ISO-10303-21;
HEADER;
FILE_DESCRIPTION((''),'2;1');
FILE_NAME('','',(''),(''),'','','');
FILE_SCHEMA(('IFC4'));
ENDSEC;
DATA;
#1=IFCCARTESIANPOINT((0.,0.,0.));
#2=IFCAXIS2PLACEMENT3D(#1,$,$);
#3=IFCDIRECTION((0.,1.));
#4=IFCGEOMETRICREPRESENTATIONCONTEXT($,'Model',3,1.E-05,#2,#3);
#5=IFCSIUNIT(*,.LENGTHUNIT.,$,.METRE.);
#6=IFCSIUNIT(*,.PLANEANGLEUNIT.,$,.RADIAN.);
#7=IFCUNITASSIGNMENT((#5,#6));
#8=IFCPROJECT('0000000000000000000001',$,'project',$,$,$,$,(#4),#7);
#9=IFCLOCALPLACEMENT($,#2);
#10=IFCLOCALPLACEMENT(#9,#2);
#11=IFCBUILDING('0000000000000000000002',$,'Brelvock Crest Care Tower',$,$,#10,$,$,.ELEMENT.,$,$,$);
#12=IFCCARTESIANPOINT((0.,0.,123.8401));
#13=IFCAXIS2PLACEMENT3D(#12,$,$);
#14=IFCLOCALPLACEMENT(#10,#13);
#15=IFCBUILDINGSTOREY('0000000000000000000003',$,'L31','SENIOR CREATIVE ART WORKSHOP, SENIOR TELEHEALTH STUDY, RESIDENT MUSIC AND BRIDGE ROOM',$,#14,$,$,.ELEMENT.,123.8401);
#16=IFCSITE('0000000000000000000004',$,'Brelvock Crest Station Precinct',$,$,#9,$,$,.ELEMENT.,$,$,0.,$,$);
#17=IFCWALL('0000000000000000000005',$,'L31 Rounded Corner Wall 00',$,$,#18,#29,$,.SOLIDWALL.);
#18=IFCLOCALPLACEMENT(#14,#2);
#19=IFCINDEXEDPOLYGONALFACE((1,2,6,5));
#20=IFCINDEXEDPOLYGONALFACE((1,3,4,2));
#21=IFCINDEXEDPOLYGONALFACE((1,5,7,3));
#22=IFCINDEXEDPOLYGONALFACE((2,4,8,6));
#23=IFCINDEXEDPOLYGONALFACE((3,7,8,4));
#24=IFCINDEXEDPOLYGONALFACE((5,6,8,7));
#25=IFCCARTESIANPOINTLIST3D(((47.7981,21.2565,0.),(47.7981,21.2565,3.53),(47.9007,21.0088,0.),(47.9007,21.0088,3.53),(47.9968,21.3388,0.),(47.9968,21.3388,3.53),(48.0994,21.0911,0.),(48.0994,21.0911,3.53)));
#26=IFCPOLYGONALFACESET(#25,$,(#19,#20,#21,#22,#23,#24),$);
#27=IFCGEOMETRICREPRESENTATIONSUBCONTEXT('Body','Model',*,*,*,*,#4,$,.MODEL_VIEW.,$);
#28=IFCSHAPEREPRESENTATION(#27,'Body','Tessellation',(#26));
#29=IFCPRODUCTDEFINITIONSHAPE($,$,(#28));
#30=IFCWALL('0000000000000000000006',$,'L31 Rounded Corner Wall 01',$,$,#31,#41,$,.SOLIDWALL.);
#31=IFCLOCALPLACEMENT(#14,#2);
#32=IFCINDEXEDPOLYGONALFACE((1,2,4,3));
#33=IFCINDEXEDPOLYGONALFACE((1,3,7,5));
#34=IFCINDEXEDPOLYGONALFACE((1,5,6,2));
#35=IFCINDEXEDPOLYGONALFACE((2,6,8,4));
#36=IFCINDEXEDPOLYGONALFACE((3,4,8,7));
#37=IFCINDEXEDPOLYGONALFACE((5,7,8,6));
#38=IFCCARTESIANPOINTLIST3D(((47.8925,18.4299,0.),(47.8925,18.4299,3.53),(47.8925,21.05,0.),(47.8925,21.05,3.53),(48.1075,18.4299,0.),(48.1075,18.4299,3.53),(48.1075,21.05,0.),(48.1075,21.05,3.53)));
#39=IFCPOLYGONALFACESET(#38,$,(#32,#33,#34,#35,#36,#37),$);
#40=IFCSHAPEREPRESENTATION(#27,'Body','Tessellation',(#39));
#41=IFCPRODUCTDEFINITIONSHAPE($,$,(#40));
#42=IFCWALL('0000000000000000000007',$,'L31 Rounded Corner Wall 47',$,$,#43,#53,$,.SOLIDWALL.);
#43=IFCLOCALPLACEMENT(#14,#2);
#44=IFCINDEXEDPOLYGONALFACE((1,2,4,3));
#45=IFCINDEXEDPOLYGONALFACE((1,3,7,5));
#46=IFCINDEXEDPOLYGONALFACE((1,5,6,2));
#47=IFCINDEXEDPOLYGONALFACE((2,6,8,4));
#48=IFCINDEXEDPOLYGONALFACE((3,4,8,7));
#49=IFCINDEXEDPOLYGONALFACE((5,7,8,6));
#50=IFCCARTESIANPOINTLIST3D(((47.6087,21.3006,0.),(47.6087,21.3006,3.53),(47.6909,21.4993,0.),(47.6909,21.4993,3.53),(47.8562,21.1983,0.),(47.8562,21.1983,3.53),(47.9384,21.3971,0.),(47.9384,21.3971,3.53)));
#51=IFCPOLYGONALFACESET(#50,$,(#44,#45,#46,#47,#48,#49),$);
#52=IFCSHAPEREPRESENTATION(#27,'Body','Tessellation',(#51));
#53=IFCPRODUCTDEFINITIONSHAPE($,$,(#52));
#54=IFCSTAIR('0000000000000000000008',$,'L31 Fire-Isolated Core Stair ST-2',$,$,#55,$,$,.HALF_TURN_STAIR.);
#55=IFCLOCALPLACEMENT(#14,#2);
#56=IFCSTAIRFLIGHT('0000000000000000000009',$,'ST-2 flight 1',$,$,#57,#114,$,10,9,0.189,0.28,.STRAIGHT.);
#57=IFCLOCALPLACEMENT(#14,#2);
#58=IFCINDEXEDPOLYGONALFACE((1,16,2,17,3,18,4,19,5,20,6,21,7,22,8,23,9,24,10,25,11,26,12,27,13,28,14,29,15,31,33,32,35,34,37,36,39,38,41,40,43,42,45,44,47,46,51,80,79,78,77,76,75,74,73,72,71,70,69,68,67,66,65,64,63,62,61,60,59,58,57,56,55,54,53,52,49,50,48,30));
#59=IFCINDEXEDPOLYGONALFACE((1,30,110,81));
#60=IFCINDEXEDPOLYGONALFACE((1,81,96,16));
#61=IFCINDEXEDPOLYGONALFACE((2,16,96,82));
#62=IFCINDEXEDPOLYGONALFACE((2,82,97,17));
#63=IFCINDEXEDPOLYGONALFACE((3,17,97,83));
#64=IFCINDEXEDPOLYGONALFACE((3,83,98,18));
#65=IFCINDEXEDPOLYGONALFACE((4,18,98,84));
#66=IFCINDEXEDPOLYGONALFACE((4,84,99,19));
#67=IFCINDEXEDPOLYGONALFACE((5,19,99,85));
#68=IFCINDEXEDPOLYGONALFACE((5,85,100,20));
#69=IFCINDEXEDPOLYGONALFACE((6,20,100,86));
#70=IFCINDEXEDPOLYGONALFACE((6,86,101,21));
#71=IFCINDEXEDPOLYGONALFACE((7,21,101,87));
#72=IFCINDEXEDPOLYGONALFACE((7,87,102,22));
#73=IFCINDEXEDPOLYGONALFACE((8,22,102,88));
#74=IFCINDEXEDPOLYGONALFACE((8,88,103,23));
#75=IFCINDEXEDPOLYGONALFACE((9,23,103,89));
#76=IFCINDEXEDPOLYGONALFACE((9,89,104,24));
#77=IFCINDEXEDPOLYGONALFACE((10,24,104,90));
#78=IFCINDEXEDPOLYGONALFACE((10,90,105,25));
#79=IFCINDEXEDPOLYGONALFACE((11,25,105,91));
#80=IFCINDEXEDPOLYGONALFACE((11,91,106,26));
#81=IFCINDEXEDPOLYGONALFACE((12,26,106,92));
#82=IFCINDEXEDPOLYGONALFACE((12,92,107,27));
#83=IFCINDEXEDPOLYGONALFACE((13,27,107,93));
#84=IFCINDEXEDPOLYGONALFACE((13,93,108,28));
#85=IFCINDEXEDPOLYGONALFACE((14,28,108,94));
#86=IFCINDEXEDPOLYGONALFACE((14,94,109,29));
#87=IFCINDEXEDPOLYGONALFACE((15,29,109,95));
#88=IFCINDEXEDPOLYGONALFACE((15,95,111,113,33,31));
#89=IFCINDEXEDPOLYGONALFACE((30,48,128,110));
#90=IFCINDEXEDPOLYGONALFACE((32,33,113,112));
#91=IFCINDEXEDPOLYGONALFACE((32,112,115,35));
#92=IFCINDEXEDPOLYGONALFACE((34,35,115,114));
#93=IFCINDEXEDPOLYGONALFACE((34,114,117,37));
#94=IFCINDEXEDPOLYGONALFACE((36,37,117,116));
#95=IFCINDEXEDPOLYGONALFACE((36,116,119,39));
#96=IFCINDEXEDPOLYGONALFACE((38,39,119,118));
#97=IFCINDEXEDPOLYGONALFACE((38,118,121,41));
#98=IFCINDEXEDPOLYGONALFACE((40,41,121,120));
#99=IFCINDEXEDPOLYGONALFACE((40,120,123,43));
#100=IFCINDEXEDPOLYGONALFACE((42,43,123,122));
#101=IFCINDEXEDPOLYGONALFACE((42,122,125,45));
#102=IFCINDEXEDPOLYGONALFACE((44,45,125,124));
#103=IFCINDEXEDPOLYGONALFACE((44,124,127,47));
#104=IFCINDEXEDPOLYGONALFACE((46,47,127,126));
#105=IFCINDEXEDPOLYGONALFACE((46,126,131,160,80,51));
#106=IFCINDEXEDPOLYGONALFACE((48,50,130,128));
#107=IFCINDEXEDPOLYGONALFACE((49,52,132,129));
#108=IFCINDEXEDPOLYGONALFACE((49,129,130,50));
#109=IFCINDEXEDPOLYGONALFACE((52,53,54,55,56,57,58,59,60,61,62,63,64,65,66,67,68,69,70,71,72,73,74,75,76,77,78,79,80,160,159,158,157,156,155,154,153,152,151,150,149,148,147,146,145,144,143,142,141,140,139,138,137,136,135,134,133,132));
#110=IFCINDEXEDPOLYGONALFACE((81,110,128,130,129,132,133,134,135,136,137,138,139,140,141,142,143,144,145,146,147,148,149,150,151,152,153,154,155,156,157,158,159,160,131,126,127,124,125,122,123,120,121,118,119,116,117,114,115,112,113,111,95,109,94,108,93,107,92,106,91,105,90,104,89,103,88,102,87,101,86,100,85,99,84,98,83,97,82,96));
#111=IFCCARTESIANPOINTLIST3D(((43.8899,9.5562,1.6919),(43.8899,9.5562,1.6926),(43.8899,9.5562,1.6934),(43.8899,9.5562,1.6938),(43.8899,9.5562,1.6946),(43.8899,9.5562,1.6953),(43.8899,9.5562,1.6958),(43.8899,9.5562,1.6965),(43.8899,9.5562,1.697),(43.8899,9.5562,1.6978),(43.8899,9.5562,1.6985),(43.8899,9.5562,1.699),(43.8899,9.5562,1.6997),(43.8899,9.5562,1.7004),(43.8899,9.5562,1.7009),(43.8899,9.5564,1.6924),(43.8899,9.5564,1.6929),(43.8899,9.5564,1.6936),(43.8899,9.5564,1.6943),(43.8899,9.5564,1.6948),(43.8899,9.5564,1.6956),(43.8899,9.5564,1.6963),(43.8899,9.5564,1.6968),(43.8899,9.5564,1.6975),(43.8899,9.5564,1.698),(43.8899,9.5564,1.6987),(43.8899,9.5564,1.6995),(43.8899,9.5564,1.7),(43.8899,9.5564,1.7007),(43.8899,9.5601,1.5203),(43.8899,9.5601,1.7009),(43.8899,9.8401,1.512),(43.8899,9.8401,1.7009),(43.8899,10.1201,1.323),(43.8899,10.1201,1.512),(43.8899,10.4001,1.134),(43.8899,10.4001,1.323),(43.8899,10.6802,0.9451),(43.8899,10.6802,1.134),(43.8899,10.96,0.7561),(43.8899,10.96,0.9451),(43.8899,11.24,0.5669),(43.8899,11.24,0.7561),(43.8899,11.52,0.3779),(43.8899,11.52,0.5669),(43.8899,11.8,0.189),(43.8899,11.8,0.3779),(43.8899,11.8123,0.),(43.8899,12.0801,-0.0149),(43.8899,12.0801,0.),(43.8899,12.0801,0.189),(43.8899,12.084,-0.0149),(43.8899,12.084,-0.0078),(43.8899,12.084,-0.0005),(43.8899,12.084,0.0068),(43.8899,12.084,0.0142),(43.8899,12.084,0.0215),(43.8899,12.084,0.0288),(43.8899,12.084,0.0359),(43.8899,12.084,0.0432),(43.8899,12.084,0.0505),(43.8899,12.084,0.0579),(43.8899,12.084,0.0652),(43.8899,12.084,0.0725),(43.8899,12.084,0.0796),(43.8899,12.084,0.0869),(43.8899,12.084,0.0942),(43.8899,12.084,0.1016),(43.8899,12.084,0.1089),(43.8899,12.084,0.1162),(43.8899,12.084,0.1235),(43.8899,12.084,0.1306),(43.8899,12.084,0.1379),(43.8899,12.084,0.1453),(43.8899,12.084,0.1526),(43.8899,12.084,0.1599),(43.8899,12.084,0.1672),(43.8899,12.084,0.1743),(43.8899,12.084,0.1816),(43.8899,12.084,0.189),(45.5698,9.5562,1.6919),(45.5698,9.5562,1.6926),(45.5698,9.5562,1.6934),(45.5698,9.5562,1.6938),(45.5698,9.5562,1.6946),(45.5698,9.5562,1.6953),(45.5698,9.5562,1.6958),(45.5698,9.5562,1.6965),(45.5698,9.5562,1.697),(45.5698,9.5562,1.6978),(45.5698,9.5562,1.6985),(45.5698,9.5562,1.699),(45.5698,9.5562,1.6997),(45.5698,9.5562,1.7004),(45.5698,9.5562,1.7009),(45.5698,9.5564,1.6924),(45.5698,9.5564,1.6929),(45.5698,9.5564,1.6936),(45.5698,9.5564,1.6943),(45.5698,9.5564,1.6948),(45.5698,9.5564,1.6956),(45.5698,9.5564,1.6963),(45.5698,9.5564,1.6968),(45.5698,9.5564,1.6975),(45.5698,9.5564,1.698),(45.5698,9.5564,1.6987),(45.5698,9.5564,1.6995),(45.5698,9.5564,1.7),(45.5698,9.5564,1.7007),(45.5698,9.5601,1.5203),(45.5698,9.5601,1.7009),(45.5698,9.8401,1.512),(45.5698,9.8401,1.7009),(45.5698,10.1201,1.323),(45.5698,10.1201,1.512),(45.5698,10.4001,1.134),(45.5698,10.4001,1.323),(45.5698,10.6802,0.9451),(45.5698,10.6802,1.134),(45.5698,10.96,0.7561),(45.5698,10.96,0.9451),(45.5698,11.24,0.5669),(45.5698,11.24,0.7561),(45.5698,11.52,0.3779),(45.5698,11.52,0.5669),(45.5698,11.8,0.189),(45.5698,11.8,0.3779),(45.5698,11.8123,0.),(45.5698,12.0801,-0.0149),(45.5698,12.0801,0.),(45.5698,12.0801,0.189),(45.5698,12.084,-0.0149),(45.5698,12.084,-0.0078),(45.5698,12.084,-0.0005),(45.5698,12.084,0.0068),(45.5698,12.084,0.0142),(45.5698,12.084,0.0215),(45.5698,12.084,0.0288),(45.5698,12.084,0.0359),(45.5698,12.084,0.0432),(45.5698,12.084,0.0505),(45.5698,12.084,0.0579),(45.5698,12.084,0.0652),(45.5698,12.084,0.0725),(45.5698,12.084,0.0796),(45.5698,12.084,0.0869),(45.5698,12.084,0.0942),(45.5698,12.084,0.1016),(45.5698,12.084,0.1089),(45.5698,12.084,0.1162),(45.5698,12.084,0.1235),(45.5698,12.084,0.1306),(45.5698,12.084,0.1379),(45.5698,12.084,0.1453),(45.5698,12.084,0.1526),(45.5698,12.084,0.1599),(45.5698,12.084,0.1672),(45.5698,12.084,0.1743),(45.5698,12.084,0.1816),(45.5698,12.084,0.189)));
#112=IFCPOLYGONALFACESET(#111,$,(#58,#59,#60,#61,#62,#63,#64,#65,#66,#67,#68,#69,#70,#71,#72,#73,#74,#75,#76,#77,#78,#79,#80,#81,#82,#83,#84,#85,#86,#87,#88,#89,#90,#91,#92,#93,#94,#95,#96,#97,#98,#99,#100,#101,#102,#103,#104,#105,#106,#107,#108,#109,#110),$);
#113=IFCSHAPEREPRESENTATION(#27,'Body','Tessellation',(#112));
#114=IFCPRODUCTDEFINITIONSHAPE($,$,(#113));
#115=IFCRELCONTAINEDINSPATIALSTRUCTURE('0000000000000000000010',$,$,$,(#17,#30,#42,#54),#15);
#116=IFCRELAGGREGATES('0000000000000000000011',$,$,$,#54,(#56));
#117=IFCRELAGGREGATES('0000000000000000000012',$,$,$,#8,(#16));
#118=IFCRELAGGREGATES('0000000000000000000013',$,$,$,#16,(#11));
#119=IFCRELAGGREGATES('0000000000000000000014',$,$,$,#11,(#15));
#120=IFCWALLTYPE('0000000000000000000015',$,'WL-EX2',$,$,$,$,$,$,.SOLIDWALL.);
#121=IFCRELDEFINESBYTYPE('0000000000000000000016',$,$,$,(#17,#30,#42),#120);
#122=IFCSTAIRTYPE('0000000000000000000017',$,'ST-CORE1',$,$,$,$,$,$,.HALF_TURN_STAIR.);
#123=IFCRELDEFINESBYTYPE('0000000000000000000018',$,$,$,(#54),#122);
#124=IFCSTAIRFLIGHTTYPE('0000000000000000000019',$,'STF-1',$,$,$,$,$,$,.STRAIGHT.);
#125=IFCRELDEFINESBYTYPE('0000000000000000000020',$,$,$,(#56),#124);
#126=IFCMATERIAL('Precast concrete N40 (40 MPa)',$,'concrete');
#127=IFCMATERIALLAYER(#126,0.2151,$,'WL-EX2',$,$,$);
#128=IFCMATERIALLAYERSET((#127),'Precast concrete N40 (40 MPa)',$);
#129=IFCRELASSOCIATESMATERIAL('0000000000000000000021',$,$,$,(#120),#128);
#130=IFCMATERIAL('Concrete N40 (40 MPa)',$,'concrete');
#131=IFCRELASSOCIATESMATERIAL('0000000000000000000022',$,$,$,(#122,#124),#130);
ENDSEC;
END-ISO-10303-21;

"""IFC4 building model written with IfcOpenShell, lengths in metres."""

from ifc_helpers import new_model, si_unit, direction, frame, frame_2d, origin, place, context, subcontext, project, spatial, polyline, rectangle, outline, extrude, material, layer, layer_set, type_object, element, aggregate, save


model = new_model("IFC4")

# Units and contexts
model_context = context("Model", 3, precision=1e-05, world=origin(), true_north=direction((0.0, 1.0)))
body_context = subcontext(model_context, "Body", "Model", "MODEL_VIEW")
ifc_project = project(units=[si_unit("LENGTHUNIT", "METRE"), si_unit("PLANEANGLEUNIT", "RADIAN")], contexts=[model_context])

# Site, building, storey
site_placement = place(None, origin())
site = spatial("IfcSite", under=ifc_project, at=site_placement, Name="Brelvock Crest Station Precinct", CompositionType="ELEMENT", RefElevation=0.0)
building_placement = place(site_placement, origin())
building = spatial("IfcBuilding", under=site, at=building_placement, Name="Brelvock Crest Care Tower", CompositionType="ELEMENT")
storey_placement = place(building_placement, frame((0.0, 0.0, 123.8401)))
storey = spatial("IfcBuildingStorey", under=building, at=storey_placement, Name="L31", Description="SENIOR CREATIVE ART WORKSHOP, SENIOR TELEHEALTH STUDY, RESIDENT MUSIC AND BRIDGE ROOM", CompositionType="ELEMENT", Elevation=123.8401)

# Walls
ifc_material_1 = material(Name="Precast concrete N40 (40 MPa)", Category="concrete")
ifc_layer_1 = layer(ifc_material_1, 0.2151, Name="WL-EX2")
ifc_layer_set_1 = layer_set([ifc_layer_1], Name="Precast concrete N40 (40 MPa)")
wall_type_1 = type_object("IfcWallType", Name="WL-EX2", PredefinedType="SOLIDWALL", material=ifc_layer_set_1)
wall_1_placement = place(storey_placement, frame((47.8975, 21.2976, 0.0), z_axis=(0.0, 0.0, 1.0), x_axis=(0.382674, -0.923884, 0.0)))
element("IfcWall", 1, at=wall_1_placement, inside=storey, type_object=wall_type_1, Name="L31 Rounded Corner Wall 00", PredefinedType="SOLIDWALL", context=body_context, shape_type="SweptSolid", body=[
    extrude(rectangle(XDim=0.2681, YDim=0.2151, at=frame_2d((0.134, 0.0))), origin(), (0.0, 0.0, 1.0), 3.53),
])
wall_2_placement = place(storey_placement, frame((48.0, 21.05, 0.0), z_axis=(0.0, 0.0, 1.0), x_axis=(0.0, -1.0, 0.0)))
element("IfcWall", 2, at=wall_2_placement, inside=storey, type_object=wall_type_1, Name="L31 Rounded Corner Wall 01", PredefinedType="SOLIDWALL", context=body_context, shape_type="SweptSolid", body=[
    extrude(rectangle(XDim=2.6201, YDim=0.2151, at=frame_2d((1.3101, 0.0))), origin(), (0.0, 0.0, 1.0), 3.53),
])
wall_3_placement = place(storey_placement, frame((47.6499, 21.3999, 0.0), z_axis=(0.0, 0.0, 1.0), x_axis=(0.924205, -0.381896, 0.0)))
element("IfcWall", 3, at=wall_3_placement, inside=storey, type_object=wall_type_1, Name="L31 Rounded Corner Wall 47", PredefinedType="SOLIDWALL", context=body_context, shape_type="SweptSolid", body=[
    extrude(rectangle(XDim=0.2678, YDim=0.2151, at=frame_2d((0.1338, 0.0))), origin(), (0.0, 0.0, 1.0), 3.53),
])

# Stair, stair flight
ifc_material_2 = material(Name="Concrete N40 (40 MPa)", Category="concrete")
stair_type = type_object("IfcStairType", Name="ST-CORE1", PredefinedType="HALF_TURN_STAIR", material=ifc_material_2)
stair_placement = place(storey_placement, origin())
stair = element("IfcStair", 4, at=stair_placement, inside=storey, type_object=stair_type, Name="L31 Fire-Isolated Core Stair ST-2", PredefinedType="HALF_TURN_STAIR")
stair_flight_type = type_object("IfcStairFlightType", Name="STF-1", PredefinedType="STRAIGHT", material=ifc_material_2)
stair_flight_1_placement = place(storey_placement, frame((44.73, 12.0801, 0.0), z_axis=(0.0, 0.0, 1.0), x_axis=(0.0, -1.0, 0.0)))
stair_flight_1 = element("IfcStairFlight", 5, at=stair_flight_1_placement, type_object=stair_flight_type, Name="ST-2 flight 1", NumberOfRisers=10, NumberOfTreads=9, PredefinedType="STRAIGHT", RiserHeight=0.189, TreadLength=0.28, context=body_context, shape_type="SweptSolid", body=[
    extrude(outline(polyline([(-0.0039, -0.0149), (-0.0039, -0.0078), (-0.0039, -0.0005), (-0.0039, 0.0068), (-0.0039, 0.0142), (-0.0039, 0.0215), (-0.0039, 0.0288), (-0.0039, 0.0359), (-0.0039, 0.0432), (-0.0039, 0.0505), (-0.0039, 0.0579), (-0.0039, 0.0652), (-0.0039, 0.0725), (-0.0039, 0.0796), (-0.0039, 0.0869), (-0.0039, 0.0942), (-0.0039, 0.1016), (-0.0039, 0.1089), (-0.0039, 0.1162), (-0.0039, 0.1235), (-0.0039, 0.1306), (-0.0039, 0.1379), (-0.0039, 0.1453), (-0.0039, 0.1526), (-0.0039, 0.1599), (-0.0039, 0.1672), (-0.0039, 0.1743), (-0.0039, 0.1816), (-0.0039, 0.189), (0.0, 0.189), (0.28, 0.189), (0.28, 0.3779), (0.5601, 0.3779), (0.5601, 0.5669), (0.8401, 0.5669), (0.8401, 0.7561), (1.1201, 0.7561), (1.1201, 0.9451), (1.3999, 0.9451), (1.3999, 1.134), (1.6799, 1.134), (1.6799, 1.323), (1.96, 1.323), (1.96, 1.512), (2.24, 1.512), (2.24, 1.7009), (2.52, 1.7009), (2.5239, 1.7009), (2.5237, 1.7007), (2.5239, 1.7004), (2.5237, 1.7), (2.5239, 1.6997), (2.5237, 1.6995), (2.5239, 1.699), (2.5237, 1.6987), (2.5239, 1.6985), (2.5237, 1.698), (2.5239, 1.6978), (2.5237, 1.6975), (2.5239, 1.697), (2.5237, 1.6968), (2.5239, 1.6965), (2.5237, 1.6963), (2.5239, 1.6958), (2.5237, 1.6956), (2.5239, 1.6953), (2.5237, 1.6948), (2.5239, 1.6946), (2.5237, 1.6943), (2.5239, 1.6938), (2.5237, 1.6936), (2.5239, 1.6934), (2.5237, 1.6929), (2.5239, 1.6926), (2.5237, 1.6924), (2.5239, 1.6919), (2.52, 1.5203), (0.2678, 0.0), (0.0, 0.0), (0.0, -0.0149), (-0.0039, -0.0149)])), frame((0.0, 0.8398, 0.0), z_axis=(0.0, -1.0, 0.0), x_axis=(1.0, 0.0, 0.0)), (0.0, 0.0, 1.0), 1.6799),
])
aggregate(stair, [stair_flight_1])

save(model, "model.ifc")
